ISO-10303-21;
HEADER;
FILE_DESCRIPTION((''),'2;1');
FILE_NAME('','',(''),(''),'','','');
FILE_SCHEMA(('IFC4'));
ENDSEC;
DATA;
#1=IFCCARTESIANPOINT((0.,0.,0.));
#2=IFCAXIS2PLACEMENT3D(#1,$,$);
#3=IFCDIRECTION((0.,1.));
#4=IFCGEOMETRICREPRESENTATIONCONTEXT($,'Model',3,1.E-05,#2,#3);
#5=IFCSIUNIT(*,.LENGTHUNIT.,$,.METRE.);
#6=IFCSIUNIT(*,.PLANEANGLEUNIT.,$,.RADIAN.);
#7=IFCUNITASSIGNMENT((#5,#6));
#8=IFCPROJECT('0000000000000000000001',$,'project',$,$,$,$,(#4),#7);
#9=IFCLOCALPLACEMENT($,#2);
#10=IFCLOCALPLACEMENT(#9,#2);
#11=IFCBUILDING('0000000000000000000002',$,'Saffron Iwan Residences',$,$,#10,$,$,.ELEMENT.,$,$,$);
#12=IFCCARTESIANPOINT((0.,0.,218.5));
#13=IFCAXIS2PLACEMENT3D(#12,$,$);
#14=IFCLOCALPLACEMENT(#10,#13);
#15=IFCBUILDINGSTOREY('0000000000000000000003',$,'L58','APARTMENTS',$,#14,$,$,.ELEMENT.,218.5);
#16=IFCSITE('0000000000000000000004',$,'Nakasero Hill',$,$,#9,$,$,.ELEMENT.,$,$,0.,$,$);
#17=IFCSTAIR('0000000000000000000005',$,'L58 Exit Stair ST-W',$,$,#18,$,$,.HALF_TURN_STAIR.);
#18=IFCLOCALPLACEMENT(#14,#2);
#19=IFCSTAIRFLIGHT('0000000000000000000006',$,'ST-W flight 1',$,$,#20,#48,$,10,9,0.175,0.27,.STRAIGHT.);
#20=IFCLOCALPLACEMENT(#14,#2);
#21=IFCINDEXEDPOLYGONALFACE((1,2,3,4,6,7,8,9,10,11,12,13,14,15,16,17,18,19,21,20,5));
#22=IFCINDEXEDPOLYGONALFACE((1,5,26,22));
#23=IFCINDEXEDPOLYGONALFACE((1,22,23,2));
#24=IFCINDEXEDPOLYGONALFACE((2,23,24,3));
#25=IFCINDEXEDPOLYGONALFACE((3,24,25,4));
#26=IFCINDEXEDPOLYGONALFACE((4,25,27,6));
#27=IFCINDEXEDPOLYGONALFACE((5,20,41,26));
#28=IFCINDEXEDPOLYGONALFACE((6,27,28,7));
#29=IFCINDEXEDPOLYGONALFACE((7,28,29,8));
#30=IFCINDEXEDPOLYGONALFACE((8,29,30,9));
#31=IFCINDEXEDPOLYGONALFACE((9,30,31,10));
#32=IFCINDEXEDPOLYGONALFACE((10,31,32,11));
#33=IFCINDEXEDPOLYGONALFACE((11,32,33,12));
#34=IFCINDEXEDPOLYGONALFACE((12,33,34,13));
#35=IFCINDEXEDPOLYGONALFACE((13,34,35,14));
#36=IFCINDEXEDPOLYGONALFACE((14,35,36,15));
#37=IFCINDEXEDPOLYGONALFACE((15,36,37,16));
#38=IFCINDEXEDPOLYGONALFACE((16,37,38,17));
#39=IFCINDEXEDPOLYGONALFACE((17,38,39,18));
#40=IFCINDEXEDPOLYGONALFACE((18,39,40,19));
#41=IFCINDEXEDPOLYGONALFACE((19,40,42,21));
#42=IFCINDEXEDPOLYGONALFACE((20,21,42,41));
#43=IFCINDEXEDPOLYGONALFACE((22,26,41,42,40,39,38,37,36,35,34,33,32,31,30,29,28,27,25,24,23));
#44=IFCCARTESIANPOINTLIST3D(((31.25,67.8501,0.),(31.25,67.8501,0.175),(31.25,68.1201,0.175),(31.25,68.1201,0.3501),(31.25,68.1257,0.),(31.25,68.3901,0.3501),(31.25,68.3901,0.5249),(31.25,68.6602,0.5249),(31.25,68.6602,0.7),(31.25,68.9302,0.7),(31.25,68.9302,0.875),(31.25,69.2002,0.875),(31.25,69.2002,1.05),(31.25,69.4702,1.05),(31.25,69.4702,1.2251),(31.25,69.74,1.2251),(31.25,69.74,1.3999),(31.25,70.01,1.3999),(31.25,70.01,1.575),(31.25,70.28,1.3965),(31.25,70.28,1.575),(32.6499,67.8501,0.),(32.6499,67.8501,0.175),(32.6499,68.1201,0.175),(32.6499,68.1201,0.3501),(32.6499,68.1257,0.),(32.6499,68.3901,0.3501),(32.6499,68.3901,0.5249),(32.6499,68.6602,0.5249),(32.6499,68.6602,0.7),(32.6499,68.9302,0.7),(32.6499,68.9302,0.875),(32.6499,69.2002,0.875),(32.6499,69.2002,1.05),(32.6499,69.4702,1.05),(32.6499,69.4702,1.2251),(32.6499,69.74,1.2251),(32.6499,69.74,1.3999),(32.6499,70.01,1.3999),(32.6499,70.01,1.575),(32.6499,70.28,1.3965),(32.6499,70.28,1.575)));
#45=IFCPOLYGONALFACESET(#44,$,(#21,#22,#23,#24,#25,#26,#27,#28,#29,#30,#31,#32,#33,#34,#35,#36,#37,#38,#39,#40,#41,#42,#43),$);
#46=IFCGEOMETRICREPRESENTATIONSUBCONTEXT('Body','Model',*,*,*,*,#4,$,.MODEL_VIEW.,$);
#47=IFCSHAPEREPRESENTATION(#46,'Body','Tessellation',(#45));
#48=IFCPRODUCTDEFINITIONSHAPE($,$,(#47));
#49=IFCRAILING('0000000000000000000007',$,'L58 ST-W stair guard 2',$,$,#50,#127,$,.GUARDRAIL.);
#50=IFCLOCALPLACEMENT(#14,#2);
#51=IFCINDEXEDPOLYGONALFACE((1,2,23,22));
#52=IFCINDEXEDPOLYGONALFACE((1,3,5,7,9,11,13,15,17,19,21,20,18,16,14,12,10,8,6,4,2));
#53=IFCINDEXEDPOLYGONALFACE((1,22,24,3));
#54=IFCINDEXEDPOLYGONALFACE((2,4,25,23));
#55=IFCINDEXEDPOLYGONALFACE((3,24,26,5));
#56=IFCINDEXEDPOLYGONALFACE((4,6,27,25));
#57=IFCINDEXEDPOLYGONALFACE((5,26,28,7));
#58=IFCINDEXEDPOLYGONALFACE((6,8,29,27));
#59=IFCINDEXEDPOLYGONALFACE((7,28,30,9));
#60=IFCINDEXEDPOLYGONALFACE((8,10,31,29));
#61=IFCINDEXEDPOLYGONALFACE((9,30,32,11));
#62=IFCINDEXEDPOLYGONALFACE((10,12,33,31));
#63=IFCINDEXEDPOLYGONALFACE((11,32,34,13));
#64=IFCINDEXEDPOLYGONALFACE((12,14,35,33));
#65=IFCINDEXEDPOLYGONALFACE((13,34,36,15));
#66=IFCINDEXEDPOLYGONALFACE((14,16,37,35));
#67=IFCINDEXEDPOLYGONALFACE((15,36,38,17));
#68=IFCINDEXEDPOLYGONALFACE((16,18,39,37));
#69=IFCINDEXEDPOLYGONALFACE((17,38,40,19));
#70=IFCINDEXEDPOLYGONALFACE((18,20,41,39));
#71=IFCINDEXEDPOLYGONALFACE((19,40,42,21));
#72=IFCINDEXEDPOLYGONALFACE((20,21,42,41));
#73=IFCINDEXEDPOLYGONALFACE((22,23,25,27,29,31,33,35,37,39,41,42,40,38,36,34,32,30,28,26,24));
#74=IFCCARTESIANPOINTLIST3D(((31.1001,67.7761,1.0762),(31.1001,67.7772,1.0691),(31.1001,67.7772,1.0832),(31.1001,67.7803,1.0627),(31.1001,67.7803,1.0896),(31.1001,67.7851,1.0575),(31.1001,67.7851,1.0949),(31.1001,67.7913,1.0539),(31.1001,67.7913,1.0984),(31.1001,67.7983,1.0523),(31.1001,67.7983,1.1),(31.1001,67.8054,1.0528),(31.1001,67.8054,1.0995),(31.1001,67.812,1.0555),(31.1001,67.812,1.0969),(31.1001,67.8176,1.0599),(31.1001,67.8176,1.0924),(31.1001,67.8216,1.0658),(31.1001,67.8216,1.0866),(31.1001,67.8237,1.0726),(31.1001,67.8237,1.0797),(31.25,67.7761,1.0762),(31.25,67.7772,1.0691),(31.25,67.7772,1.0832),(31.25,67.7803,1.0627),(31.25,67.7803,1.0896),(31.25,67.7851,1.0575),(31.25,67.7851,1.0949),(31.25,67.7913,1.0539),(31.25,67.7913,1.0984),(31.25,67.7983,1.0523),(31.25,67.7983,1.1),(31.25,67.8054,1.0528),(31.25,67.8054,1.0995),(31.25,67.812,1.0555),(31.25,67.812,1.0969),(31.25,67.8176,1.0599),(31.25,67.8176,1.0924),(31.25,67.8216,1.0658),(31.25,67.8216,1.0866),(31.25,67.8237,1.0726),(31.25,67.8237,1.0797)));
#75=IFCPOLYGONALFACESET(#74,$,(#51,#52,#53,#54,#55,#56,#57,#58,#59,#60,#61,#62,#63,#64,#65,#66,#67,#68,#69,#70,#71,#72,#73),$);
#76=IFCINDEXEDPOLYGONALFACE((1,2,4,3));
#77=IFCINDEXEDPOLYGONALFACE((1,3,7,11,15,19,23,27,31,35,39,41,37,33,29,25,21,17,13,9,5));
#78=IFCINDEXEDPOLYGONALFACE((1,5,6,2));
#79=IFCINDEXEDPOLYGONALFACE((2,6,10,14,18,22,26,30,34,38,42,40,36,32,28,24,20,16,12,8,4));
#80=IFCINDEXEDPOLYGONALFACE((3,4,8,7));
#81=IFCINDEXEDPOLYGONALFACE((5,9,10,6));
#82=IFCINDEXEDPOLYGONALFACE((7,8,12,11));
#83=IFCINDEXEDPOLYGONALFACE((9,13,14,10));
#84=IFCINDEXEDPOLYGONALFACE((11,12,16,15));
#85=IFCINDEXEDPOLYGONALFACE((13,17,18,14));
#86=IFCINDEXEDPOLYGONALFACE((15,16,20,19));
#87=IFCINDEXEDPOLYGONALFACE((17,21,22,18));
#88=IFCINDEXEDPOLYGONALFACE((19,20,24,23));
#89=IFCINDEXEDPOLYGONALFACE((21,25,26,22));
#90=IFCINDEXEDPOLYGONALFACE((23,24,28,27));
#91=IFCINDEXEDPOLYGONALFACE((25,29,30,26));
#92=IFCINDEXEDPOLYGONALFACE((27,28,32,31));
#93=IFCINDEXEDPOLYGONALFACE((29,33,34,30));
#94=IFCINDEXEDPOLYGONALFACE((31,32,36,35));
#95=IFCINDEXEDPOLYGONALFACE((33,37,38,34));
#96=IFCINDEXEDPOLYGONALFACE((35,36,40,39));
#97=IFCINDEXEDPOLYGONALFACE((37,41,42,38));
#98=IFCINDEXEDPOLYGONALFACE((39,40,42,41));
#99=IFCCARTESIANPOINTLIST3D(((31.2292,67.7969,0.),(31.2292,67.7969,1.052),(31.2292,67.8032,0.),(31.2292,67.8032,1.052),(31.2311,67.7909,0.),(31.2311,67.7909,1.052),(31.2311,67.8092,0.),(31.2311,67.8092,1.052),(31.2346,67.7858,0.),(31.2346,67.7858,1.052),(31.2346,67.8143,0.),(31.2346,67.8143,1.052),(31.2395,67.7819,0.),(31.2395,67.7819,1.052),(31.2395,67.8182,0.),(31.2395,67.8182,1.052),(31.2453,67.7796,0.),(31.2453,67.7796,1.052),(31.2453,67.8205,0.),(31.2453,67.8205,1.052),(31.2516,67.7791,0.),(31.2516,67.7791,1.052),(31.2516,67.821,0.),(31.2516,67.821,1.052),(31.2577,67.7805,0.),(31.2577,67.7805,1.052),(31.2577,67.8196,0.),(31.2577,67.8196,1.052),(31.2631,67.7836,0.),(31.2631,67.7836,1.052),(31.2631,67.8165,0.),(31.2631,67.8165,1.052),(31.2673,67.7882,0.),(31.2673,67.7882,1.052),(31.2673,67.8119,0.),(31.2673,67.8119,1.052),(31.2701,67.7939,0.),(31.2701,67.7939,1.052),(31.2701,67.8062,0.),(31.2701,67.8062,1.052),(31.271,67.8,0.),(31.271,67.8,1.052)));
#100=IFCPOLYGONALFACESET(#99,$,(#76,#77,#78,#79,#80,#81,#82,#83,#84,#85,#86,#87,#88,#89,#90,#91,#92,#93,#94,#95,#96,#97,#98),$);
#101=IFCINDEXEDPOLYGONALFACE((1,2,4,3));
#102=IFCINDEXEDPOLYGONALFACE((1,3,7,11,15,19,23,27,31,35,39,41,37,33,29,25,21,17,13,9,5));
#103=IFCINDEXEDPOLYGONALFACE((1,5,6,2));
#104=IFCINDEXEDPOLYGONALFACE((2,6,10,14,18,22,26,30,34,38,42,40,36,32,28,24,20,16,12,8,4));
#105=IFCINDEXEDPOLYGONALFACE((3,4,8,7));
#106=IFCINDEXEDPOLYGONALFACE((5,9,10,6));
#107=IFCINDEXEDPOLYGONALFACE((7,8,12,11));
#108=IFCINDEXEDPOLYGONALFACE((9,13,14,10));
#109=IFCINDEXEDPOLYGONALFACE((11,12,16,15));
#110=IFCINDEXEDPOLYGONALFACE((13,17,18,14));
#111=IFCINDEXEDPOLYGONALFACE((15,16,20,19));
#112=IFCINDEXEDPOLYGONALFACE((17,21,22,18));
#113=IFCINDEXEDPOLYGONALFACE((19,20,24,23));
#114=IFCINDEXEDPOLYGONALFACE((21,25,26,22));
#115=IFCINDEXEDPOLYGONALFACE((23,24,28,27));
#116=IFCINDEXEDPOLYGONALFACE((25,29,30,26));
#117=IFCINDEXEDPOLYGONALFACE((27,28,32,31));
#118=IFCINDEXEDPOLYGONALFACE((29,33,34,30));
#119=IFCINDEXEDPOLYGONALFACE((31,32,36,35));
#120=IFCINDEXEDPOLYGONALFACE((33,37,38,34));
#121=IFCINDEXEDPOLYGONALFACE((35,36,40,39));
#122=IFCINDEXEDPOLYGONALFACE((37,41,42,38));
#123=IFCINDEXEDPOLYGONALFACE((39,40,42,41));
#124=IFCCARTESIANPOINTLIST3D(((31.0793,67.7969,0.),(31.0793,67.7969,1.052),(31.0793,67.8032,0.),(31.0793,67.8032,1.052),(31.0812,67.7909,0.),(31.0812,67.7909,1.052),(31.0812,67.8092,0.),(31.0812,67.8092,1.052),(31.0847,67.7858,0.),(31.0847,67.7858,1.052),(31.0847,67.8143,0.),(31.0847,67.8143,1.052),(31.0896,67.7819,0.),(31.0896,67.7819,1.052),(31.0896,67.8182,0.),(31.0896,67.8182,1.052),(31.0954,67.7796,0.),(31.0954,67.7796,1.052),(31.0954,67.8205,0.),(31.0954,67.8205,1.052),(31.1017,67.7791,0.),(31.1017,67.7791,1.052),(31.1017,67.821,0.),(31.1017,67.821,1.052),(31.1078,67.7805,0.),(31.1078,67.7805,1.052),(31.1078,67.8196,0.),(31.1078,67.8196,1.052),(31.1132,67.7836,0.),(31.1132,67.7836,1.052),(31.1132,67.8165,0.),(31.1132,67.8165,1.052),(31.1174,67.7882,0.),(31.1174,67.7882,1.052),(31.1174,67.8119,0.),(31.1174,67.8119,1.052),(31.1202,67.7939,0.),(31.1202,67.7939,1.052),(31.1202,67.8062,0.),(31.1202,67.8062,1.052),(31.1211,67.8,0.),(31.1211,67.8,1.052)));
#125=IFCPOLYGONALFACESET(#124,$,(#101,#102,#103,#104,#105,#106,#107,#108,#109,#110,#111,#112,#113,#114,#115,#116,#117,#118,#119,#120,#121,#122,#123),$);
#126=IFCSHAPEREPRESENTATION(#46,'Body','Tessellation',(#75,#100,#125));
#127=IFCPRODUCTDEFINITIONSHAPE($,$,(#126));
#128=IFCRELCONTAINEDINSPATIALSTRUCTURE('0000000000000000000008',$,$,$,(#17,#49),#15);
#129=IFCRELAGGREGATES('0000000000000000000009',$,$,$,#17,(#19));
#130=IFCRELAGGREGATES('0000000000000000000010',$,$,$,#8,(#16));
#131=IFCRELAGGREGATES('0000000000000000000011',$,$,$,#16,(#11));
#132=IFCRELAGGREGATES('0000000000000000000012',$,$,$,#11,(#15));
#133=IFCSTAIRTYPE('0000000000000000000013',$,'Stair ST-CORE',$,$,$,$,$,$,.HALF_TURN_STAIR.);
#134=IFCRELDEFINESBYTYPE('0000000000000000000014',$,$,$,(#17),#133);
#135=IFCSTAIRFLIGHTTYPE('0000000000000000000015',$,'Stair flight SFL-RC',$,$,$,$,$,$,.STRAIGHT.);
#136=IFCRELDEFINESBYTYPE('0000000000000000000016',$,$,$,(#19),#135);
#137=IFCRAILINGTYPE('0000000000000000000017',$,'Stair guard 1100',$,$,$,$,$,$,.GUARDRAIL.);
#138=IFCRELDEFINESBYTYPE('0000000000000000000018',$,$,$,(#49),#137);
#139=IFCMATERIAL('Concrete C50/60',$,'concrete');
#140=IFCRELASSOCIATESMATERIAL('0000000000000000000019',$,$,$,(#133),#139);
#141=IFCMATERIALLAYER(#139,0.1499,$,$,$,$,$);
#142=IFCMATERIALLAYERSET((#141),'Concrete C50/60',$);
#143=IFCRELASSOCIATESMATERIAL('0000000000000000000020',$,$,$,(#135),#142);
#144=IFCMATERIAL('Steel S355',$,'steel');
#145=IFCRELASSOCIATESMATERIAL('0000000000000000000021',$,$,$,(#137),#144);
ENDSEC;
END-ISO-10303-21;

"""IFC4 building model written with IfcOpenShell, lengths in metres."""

from ifc_helpers import new_model, si_unit, direction, frame, origin, origin_2d, place, context, subcontext, project, spatial, polyline, circle, outline, extrude, material, layer, layer_set, type_object, element, aggregate, save


model = new_model("IFC4")

# Units and contexts
model_context = context("Model", 3, precision=1e-05, world=origin(), true_north=direction((0.0, 1.0)))
body_context = subcontext(model_context, "Body", "Model", "MODEL_VIEW")
ifc_project = project(units=[si_unit("LENGTHUNIT", "METRE"), si_unit("PLANEANGLEUNIT", "RADIAN")], contexts=[model_context])

# Site, building, storey
site_placement = place(None, origin())
site = spatial("IfcSite", under=ifc_project, at=site_placement, Name="Nakasero Hill", CompositionType="ELEMENT", RefElevation=0.0)
building_placement = place(site_placement, origin())
building = spatial("IfcBuilding", under=site, at=building_placement, Name="Saffron Iwan Residences", CompositionType="ELEMENT")
storey_placement = place(building_placement, frame((0.0, 0.0, 218.5)))
storey = spatial("IfcBuildingStorey", under=building, at=storey_placement, Name="L58", Description="APARTMENTS", CompositionType="ELEMENT", Elevation=218.5)

# Stair, stair flight
ifc_material_1 = material(Name="Concrete C50/60", Category="concrete")
stair_type = type_object("IfcStairType", Name="Stair ST-CORE", PredefinedType="HALF_TURN_STAIR", material=ifc_material_1)
stair_placement = place(storey_placement, origin())
stair = element("IfcStair", 1, at=stair_placement, inside=storey, type_object=stair_type, Name="L58 Exit Stair ST-W", PredefinedType="HALF_TURN_STAIR")
ifc_layer_1 = layer(ifc_material_1, 0.1499)
ifc_layer_set_1 = layer_set([ifc_layer_1], Name="Concrete C50/60")
stair_flight_type = type_object("IfcStairFlightType", Name="Stair flight SFL-RC", PredefinedType="STRAIGHT", material=ifc_layer_set_1)
stair_flight_placement = place(storey_placement, frame((31.95, 67.8501, 0.0), z_axis=(0.0, 0.0, 1.0), x_axis=(0.0, 1.0, 0.0)))
stair_flight = element("IfcStairFlight", 2, at=stair_flight_placement, type_object=stair_flight_type, Name="ST-W flight 1", NumberOfRisers=10, NumberOfTreads=9, PredefinedType="STRAIGHT", RiserHeight=0.175, TreadLength=0.27, context=body_context, shape_type="SweptSolid", body=[
    extrude(outline(polyline([(0.0, 0.0), (0.0, 0.175), (0.27, 0.175), (0.27, 0.3501), (0.54, 0.3501), (0.54, 0.5249), (0.8101, 0.5249), (0.8101, 0.7), (1.0801, 0.7), (1.0801, 0.875), (1.3501, 0.875), (1.3501, 1.05), (1.6201, 1.05), (1.6201, 1.2251), (1.8899, 1.2251), (1.8899, 1.3999), (2.1599, 1.3999), (2.1599, 1.575), (2.4299, 1.575), (2.4299, 1.75), (2.4299, 1.3965), (0.2756, 0.0), (0.0, 0.0)])), frame((0.0, 0.7, 0.0), z_axis=(0.0, -1.0, 0.0), x_axis=(1.0, 0.0, 0.0)), (0.0, 0.0, 1.0), 1.3999),
])
aggregate(stair, [stair_flight])

# Railing
ifc_material_2 = material(Name="Steel S355", Category="steel")
railing_type_1 = type_object("IfcRailingType", Name="Stair guard 1100", PredefinedType="GUARDRAIL", material=ifc_material_2)
railing_1_placement = place(storey_placement, frame((31.25, 67.8, 0.0)))
element("IfcRailing", 3, at=railing_1_placement, inside=storey, type_object=railing_type_1, Name="L58 ST-W stair guard 2", PredefinedType="GUARDRAIL", context=body_context, shape_type="SweptSolid", body=[
    extrude(circle(Radius=0.0239, at=origin_2d()), frame((0.0, 0.0, 1.0762), z_axis=(-1.0, 0.0, 0.0), x_axis=(0.0, -1.0, 0.0)), (0.0, 0.0, 1.0), 0.1499),
    extrude(circle(Radius=0.021, at=origin_2d()), origin(), (0.0, 0.0, 1.0), 1.052),
    extrude(circle(Radius=0.021, at=origin_2d()), frame((-0.1499, 0.0, 0.0)), (0.0, 0.0, 1.0), 1.052),
])

save(model, "model.ifc")
